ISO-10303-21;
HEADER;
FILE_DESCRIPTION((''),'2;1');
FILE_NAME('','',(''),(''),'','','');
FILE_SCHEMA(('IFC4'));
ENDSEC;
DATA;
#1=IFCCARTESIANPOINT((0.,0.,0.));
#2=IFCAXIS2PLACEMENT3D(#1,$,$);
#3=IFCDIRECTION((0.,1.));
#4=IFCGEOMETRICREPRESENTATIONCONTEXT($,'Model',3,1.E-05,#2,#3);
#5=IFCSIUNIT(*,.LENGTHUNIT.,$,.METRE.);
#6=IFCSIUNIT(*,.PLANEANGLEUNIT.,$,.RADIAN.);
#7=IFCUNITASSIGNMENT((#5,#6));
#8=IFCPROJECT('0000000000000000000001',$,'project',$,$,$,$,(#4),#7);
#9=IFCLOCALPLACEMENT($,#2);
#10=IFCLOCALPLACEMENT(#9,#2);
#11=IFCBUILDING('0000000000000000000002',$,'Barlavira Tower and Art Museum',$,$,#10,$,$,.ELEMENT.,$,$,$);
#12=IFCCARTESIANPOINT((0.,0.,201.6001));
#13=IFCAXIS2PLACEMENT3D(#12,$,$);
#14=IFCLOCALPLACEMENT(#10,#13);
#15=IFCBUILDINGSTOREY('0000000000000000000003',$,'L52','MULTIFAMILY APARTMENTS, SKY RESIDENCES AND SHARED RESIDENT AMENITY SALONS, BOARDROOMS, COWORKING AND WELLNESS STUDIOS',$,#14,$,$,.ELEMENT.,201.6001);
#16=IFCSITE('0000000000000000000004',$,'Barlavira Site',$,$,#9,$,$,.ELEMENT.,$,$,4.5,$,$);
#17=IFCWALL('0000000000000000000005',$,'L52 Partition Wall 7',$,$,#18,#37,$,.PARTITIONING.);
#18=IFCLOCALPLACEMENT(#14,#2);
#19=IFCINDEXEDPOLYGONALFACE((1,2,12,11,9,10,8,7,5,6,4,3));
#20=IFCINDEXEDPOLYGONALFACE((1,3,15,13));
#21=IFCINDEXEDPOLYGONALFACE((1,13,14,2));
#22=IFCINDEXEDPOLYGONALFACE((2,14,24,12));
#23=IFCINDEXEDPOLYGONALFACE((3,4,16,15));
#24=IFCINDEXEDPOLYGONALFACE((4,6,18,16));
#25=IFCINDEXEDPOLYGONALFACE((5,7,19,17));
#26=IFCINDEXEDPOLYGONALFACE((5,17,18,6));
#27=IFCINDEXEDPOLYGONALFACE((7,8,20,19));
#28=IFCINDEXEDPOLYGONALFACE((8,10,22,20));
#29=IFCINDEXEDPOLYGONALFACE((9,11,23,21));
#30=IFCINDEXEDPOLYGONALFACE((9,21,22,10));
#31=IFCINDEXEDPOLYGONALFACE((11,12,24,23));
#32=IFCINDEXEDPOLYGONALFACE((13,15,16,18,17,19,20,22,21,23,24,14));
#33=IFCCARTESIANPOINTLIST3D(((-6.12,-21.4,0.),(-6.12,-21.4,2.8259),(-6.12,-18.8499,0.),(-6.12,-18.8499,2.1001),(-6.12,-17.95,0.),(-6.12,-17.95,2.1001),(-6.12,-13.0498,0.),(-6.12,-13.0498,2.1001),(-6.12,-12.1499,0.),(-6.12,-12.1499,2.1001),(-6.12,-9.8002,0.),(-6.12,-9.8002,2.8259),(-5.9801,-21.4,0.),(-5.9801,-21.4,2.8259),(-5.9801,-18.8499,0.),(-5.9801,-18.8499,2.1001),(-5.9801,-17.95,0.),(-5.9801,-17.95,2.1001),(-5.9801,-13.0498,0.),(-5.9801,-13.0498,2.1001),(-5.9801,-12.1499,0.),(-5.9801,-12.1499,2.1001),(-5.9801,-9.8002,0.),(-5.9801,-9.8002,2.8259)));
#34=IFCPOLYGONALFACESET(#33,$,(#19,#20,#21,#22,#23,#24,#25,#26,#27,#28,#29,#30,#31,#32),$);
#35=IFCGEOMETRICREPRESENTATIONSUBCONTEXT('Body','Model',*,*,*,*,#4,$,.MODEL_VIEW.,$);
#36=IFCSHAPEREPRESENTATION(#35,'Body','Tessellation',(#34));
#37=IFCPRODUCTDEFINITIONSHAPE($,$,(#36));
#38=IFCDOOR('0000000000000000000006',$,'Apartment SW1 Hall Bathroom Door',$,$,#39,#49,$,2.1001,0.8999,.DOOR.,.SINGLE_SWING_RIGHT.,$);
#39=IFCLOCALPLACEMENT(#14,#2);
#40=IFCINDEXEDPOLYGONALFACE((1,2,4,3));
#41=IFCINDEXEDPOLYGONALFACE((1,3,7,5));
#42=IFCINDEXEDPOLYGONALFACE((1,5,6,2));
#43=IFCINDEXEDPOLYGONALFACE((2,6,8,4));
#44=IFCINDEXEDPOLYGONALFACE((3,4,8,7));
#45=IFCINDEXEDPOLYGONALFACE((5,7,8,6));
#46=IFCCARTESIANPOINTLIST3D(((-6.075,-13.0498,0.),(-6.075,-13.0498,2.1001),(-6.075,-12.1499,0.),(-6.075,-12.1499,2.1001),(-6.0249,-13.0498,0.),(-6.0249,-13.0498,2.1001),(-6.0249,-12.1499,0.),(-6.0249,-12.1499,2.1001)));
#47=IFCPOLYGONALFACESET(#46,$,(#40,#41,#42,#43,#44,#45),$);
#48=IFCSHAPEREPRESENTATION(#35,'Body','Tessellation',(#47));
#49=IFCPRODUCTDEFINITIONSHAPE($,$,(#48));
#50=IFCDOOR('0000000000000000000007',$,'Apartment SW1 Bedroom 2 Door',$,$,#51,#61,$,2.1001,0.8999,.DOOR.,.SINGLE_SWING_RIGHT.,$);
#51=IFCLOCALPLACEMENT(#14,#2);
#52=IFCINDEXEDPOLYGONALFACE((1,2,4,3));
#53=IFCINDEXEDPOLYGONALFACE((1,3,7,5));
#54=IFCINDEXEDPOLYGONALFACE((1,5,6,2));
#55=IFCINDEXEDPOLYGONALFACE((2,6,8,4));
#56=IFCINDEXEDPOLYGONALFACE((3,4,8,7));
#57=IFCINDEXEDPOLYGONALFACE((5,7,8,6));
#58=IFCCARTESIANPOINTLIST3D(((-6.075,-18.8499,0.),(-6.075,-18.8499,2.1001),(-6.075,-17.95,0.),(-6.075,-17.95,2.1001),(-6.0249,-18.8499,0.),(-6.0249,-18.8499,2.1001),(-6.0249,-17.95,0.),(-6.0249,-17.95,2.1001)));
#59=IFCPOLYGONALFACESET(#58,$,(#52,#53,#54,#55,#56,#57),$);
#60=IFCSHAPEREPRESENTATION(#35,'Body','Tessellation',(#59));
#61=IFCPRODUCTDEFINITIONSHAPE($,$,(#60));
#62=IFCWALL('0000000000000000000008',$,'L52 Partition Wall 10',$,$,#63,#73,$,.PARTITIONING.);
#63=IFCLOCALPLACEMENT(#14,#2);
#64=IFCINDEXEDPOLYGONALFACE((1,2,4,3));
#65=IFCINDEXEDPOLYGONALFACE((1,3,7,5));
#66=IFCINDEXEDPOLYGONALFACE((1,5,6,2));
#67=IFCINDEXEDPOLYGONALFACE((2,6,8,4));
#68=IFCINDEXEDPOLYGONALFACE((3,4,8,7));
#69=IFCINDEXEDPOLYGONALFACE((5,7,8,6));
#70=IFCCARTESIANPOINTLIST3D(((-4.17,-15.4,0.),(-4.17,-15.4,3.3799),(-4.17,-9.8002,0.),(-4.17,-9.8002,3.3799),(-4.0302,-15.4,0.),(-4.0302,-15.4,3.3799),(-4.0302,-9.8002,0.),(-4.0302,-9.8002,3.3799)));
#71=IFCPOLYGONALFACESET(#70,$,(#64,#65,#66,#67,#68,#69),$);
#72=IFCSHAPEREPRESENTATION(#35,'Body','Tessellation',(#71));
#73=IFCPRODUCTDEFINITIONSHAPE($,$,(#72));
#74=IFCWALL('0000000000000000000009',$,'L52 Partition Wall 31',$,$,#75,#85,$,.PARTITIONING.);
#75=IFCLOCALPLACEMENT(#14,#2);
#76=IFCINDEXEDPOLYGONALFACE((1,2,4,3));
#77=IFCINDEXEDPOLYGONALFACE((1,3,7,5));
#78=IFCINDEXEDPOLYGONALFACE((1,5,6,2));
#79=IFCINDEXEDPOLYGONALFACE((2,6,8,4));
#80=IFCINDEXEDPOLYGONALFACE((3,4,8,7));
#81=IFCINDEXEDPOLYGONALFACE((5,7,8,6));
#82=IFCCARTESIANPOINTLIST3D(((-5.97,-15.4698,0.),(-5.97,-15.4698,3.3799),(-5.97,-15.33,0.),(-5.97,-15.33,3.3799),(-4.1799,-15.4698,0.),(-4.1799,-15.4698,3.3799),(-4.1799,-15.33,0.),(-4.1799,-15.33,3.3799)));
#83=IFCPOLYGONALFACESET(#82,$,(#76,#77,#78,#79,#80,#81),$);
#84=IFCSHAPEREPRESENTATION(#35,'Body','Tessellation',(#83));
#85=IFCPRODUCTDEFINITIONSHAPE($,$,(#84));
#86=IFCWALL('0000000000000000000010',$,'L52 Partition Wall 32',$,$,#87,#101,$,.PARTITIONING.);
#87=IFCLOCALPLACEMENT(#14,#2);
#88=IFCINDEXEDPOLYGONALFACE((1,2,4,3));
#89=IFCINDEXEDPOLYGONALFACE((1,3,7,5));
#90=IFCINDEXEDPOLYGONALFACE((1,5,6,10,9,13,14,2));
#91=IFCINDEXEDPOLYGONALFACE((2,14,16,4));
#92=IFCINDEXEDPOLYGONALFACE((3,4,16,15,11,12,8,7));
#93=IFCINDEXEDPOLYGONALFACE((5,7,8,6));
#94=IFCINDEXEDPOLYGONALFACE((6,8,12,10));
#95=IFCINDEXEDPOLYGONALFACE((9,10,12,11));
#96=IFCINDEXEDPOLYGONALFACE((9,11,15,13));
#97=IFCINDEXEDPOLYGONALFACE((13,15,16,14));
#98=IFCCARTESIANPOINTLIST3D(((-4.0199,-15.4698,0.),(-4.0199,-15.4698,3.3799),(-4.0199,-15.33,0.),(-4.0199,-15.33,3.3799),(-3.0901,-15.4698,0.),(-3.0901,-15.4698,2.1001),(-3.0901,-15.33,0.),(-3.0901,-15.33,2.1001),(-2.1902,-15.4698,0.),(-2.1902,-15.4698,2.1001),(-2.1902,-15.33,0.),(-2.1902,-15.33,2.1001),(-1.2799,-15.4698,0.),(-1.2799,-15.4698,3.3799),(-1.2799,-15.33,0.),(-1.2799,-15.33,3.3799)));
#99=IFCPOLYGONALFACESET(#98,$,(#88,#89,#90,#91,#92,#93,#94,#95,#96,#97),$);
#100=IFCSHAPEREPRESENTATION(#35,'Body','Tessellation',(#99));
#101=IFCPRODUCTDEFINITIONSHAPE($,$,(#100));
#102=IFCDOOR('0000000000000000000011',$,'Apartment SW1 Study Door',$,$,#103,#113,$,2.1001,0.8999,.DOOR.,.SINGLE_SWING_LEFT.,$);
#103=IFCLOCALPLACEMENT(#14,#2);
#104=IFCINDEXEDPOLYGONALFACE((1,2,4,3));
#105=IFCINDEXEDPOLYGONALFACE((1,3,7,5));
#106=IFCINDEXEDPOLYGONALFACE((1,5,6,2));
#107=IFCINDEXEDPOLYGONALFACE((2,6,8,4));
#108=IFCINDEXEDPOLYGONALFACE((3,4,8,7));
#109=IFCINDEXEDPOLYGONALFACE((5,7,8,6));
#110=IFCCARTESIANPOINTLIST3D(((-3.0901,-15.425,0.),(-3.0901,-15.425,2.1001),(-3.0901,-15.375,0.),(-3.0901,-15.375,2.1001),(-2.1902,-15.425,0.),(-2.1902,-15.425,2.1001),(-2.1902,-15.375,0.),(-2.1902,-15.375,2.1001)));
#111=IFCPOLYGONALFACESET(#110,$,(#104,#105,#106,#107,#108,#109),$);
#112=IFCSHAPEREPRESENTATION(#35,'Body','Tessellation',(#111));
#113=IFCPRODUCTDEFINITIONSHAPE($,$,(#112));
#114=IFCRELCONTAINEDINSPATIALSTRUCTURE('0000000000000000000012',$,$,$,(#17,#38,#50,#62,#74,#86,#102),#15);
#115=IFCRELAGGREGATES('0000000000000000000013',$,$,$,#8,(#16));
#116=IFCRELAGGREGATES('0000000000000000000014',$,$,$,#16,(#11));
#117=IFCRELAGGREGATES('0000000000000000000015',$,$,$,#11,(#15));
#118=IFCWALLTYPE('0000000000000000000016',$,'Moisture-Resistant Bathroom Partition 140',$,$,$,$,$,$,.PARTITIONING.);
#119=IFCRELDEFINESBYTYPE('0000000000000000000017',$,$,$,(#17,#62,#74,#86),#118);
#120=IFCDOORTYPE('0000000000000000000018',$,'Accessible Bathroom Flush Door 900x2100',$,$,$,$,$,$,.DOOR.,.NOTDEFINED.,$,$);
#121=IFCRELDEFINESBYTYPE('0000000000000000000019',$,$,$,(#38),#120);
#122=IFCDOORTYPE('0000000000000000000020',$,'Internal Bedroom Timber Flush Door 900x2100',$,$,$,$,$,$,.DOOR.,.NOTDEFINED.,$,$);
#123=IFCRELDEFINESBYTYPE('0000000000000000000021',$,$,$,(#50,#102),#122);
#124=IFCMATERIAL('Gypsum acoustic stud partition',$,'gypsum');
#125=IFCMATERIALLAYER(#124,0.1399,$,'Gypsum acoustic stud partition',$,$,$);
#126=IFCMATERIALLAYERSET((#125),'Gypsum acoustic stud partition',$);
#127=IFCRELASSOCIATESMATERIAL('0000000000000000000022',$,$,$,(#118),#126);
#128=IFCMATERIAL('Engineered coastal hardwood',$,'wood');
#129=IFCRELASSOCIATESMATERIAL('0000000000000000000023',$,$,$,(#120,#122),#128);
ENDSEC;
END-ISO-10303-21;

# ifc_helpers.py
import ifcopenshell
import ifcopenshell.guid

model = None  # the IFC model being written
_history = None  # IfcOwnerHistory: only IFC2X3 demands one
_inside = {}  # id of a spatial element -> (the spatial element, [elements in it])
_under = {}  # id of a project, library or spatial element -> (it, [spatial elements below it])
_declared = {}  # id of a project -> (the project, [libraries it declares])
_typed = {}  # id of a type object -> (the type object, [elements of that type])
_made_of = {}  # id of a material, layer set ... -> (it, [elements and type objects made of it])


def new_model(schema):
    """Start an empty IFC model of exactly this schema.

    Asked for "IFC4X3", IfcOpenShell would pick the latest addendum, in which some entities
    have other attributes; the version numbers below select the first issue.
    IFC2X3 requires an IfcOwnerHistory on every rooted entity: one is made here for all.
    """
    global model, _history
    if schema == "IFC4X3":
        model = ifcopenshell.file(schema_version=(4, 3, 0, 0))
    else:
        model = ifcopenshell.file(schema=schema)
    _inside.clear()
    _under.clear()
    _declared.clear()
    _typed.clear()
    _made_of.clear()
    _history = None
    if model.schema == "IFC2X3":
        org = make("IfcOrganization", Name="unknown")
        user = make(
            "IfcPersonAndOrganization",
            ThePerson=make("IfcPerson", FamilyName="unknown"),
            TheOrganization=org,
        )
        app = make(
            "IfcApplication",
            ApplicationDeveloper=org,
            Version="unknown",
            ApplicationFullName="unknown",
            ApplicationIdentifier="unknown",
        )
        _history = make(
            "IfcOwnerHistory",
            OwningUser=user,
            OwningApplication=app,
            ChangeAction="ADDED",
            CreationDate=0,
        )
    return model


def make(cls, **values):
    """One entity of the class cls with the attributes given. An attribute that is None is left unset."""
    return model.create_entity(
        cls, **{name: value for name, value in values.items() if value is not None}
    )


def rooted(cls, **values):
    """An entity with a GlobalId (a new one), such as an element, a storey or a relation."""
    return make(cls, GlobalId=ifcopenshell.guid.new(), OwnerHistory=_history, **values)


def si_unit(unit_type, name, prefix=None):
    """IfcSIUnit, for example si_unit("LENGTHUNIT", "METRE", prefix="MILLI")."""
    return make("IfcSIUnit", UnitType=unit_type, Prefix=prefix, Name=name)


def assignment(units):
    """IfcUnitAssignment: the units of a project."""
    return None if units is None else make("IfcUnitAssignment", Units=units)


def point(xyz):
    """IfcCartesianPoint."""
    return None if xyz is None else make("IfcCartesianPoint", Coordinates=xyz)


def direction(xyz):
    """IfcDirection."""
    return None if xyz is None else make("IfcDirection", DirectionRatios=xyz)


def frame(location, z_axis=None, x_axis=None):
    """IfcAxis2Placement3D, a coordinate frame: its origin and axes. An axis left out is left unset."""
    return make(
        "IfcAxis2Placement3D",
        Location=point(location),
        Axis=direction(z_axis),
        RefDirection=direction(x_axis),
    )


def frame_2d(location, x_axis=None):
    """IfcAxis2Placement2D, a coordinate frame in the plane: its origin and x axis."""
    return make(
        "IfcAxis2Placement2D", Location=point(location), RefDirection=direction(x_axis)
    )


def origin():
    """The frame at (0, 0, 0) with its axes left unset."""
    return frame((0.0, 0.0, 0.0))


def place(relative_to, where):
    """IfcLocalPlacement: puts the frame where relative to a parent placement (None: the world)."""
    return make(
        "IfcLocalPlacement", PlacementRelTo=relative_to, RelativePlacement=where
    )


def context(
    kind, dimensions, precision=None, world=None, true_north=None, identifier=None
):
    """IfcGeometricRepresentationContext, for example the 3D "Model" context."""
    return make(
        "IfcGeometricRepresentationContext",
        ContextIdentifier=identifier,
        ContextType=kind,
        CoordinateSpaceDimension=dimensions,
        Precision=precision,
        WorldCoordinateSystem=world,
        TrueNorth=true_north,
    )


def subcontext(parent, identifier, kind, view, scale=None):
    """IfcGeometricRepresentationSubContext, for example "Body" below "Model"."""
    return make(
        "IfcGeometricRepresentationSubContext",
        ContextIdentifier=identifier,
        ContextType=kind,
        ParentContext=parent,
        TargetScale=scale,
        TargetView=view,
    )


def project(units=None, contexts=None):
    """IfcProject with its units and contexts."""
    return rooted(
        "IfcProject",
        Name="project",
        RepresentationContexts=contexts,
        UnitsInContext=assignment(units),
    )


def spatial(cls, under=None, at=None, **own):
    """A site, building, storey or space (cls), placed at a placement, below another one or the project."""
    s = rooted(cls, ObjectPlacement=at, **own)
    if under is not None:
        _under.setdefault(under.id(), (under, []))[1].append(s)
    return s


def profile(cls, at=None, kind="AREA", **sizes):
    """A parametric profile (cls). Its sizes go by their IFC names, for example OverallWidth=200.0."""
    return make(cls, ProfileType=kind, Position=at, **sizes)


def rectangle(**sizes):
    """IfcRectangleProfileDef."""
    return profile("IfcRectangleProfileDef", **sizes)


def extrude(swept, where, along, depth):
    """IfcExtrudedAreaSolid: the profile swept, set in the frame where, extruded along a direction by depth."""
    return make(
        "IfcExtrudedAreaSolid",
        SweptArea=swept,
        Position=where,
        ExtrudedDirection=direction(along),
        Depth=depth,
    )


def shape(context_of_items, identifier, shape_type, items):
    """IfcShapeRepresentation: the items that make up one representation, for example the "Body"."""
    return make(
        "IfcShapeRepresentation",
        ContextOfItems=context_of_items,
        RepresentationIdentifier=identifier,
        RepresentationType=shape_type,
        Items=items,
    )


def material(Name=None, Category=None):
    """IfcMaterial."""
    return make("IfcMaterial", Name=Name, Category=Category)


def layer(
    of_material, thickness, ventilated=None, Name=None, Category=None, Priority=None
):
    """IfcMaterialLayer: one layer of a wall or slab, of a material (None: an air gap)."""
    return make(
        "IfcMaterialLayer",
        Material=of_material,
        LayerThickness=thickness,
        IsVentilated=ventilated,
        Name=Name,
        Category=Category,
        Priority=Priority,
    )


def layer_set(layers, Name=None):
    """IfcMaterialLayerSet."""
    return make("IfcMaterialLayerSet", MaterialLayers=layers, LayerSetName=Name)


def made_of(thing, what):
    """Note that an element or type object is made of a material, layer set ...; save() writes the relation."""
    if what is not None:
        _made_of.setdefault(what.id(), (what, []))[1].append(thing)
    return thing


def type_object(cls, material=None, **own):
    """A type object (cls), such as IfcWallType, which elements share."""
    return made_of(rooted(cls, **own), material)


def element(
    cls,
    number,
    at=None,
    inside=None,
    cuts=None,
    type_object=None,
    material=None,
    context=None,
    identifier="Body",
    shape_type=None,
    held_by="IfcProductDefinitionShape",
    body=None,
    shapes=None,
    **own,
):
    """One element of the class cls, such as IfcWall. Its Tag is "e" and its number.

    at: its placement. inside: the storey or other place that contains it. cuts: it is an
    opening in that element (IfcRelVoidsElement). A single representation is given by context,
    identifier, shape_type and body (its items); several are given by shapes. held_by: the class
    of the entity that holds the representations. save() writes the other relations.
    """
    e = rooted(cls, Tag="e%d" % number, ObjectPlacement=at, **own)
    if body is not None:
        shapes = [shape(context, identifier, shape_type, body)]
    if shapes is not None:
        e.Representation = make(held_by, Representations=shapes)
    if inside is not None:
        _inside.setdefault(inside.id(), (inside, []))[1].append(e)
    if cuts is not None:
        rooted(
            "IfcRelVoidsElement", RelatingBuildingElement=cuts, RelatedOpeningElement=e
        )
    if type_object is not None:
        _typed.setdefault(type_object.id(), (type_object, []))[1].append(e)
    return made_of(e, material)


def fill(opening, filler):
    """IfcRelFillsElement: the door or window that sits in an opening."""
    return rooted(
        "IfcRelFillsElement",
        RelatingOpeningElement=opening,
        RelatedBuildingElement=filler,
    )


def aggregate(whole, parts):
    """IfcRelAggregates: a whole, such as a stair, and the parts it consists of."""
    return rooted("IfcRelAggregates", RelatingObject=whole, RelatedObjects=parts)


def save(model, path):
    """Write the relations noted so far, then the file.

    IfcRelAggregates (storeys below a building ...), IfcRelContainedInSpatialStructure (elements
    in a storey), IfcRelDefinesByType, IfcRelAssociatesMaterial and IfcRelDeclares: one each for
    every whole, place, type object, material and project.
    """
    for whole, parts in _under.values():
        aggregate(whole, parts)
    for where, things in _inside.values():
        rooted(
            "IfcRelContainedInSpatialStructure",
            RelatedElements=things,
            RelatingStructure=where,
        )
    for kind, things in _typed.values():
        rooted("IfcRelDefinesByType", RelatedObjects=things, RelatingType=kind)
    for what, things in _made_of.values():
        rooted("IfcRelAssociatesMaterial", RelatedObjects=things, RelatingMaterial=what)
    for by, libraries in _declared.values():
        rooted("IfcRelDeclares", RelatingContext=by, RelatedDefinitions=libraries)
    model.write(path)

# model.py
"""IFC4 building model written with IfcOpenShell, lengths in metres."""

from ifc_helpers import new_model, si_unit, direction, frame, frame_2d, origin, place, context, subcontext, project, spatial, rectangle, extrude, material, layer, layer_set, type_object, element, fill, save


model = new_model("IFC4")

# Units and contexts
model_context = context("Model", 3, precision=1e-05, world=origin(), true_north=direction((0.0, 1.0)))
body_context = subcontext(model_context, "Body", "Model", "MODEL_VIEW")
ifc_project = project(units=[si_unit("LENGTHUNIT", "METRE"), si_unit("PLANEANGLEUNIT", "RADIAN")], contexts=[model_context])

# Site, building, storey
site_placement = place(None, origin())
site = spatial("IfcSite", under=ifc_project, at=site_placement, Name="Barlavira Site", CompositionType="ELEMENT", RefElevation=4.5)
building_placement = place(site_placement, origin())
building = spatial("IfcBuilding", under=site, at=building_placement, Name="Barlavira Tower and Art Museum", CompositionType="ELEMENT")
storey_placement = place(building_placement, frame((0.0, 0.0, 201.6001)))
storey = spatial("IfcBuildingStorey", under=building, at=storey_placement, Name="L52", Description="MULTIFAMILY APARTMENTS, SKY RESIDENCES AND SHARED RESIDENT AMENITY SALONS, BOARDROOMS, COWORKING AND WELLNESS STUDIOS", CompositionType="ELEMENT", Elevation=201.6001)

# Shared definitions
ifc_material_1 = material(Name="Gypsum acoustic stud partition", Category="gypsum")

# Wall, openings, doors
ifc_layer_1 = layer(ifc_material_1, 0.1399, Name="Gypsum acoustic stud partition")
ifc_layer_set_1 = layer_set([ifc_layer_1], Name="Gypsum acoustic stud partition")
wall_type_1 = type_object("IfcWallType", Name="Moisture-Resistant Bathroom Partition 140", PredefinedType="PARTITIONING", material=ifc_layer_set_1)
wall_1_placement = place(storey_placement, frame((-6.05, -21.3999, 0.0), z_axis=(0.0, 0.0, 1.0), x_axis=(0.0, 1.0, 0.0)))
wall_1 = element("IfcWall", 1, at=wall_1_placement, inside=storey, type_object=wall_type_1, Name="L52 Partition Wall 7", PredefinedType="PARTITIONING", context=body_context, shape_type="SweptSolid", body=[
    extrude(rectangle(XDim=11.5999, YDim=0.1399, at=frame_2d((5.7998, 0.0))), origin(), (0.0, 0.0, 1.0), 2.8259),
])
opening_1_placement = place(wall_1_placement, frame((8.3501, 0.0, 0.0)))
opening_1 = element("IfcOpeningElement", 2, at=opening_1_placement, cuts=wall_1, PredefinedType="OPENING", context=body_context, shape_type="SweptSolid", body=[
    extrude(rectangle(XDim=0.8999, YDim=2.1001, at=frame_2d((0.45, 1.05))), frame((0.0, 0.0801, 0.0), z_axis=(0.0, -1.0, 0.0), x_axis=(1.0, 0.0, 0.0)), (0.0, 0.0, 1.0), 0.1599),
])
opening_2_placement = place(wall_1_placement, frame((2.55, 0.0, 0.0)))
opening_2 = element("IfcOpeningElement", 3, at=opening_2_placement, cuts=wall_1, PredefinedType="OPENING", context=body_context, shape_type="SweptSolid", body=[
    extrude(rectangle(XDim=0.8999, YDim=2.1001, at=frame_2d((0.45, 1.05))), frame((0.0, 0.0801, 0.0), z_axis=(0.0, -1.0, 0.0), x_axis=(1.0, 0.0, 0.0)), (0.0, 0.0, 1.0), 0.1599),
])
ifc_material_2 = material(Name="Engineered coastal hardwood", Category="wood")
door_type_1 = type_object("IfcDoorType", Name="Accessible Bathroom Flush Door 900x2100", OperationType="NOTDEFINED", PredefinedType="DOOR", material=ifc_material_2)
door_1_placement = place(opening_1_placement, origin())
door_1 = element("IfcDoor", 4, at=door_1_placement, inside=storey, type_object=door_type_1, Name="Apartment SW1 Hall Bathroom Door", OperationType="SINGLE_SWING_RIGHT", OverallHeight=2.1001, OverallWidth=0.8999, PredefinedType="DOOR", context=body_context, shape_type="SweptSolid", body=[
    extrude(rectangle(XDim=0.8999, YDim=2.1001, at=frame_2d((0.45, 1.05))), frame((0.0, 0.0249, 0.0), z_axis=(0.0, -1.0, 0.0), x_axis=(1.0, 0.0, 0.0)), (0.0, 0.0, 1.0), 0.05),
])
fill(opening_1, door_1)
door_type_2 = type_object("IfcDoorType", Name="Internal Bedroom Timber Flush Door 900x2100", OperationType="NOTDEFINED", PredefinedType="DOOR", material=ifc_material_2)
door_2_placement = place(opening_2_placement, origin())
door_2 = element("IfcDoor", 5, at=door_2_placement, inside=storey, type_object=door_type_2, Name="Apartment SW1 Bedroom 2 Door", OperationType="SINGLE_SWING_RIGHT", OverallHeight=2.1001, OverallWidth=0.8999, PredefinedType="DOOR", context=body_context, shape_type="SweptSolid", body=[
    extrude(rectangle(XDim=0.8999, YDim=2.1001, at=frame_2d((0.45, 1.05))), frame((0.0, 0.0249, 0.0), z_axis=(0.0, -1.0, 0.0), x_axis=(1.0, 0.0, 0.0)), (0.0, 0.0, 1.0), 0.05),
])
fill(opening_2, door_2)

# Walls
wall_2_placement = place(storey_placement, frame((-4.1001, -15.3999, 0.0), z_axis=(0.0, 0.0, 1.0), x_axis=(0.0, 1.0, 0.0)))
element("IfcWall", 6, at=wall_2_placement, inside=storey, type_object=wall_type_1, Name="L52 Partition Wall 10", PredefinedType="PARTITIONING", context=body_context, shape_type="SweptSolid", body=[
    extrude(rectangle(XDim=5.5999, YDim=0.1399, at=frame_2d((2.7998, 0.0))), origin(), (0.0, 0.0, 1.0), 3.3799),
])
wall_3_placement = place(storey_placement, frame((-5.97, -15.3999, 0.0), z_axis=(0.0, 0.0, 1.0), x_axis=(1.0, 0.0, 0.0)))
element("IfcWall", 7, at=wall_3_placement, inside=storey, type_object=wall_type_1, Name="L52 Partition Wall 31", PredefinedType="PARTITIONING", context=body_context, shape_type="SweptSolid", body=[
    extrude(rectangle(XDim=1.79, YDim=0.1399, at=frame_2d((0.895, 0.0))), origin(), (0.0, 0.0, 1.0), 3.3799),
])

# Wall, opening, door
wall_4_placement = place(storey_placement, frame((-4.02, -15.3999, 0.0), z_axis=(0.0, 0.0, 1.0), x_axis=(1.0, 0.0, 0.0)))
wall_4 = element("IfcWall", 8, at=wall_4_placement, inside=storey, type_object=wall_type_1, Name="L52 Partition Wall 32", PredefinedType="PARTITIONING", context=body_context, shape_type="SweptSolid", body=[
    extrude(rectangle(XDim=2.74, YDim=0.1399, at=frame_2d((1.3701, 0.0))), origin(), (0.0, 0.0, 1.0), 3.3799),
])
opening_3_placement = place(wall_4_placement, frame((0.9299, 0.0, 0.0)))
opening_3 = element("IfcOpeningElement", 9, at=opening_3_placement, cuts=wall_4, PredefinedType="OPENING", context=body_context, shape_type="SweptSolid", body=[
    extrude(rectangle(XDim=0.8999, YDim=2.1001, at=frame_2d((0.45, 1.05))), frame((0.0, 0.0801, 0.0), z_axis=(0.0, -1.0, 0.0), x_axis=(1.0, 0.0, 0.0)), (0.0, 0.0, 1.0), 0.1599),
])
door_3_placement = place(opening_3_placement, origin())
door_3 = element("IfcDoor", 10, at=door_3_placement, inside=storey, type_object=door_type_2, Name="Apartment SW1 Study Door", OperationType="SINGLE_SWING_LEFT", OverallHeight=2.1001, OverallWidth=0.8999, PredefinedType="DOOR", context=body_context, shape_type="SweptSolid", body=[
    extrude(rectangle(XDim=0.8999, YDim=2.1001, at=frame_2d((0.45, 1.05))), frame((0.0, 0.0249, 0.0), z_axis=(0.0, -1.0, 0.0), x_axis=(1.0, 0.0, 0.0)), (0.0, 0.0, 1.0), 0.05),
])
fill(opening_3, door_3)

save(model, "model.ifc")
